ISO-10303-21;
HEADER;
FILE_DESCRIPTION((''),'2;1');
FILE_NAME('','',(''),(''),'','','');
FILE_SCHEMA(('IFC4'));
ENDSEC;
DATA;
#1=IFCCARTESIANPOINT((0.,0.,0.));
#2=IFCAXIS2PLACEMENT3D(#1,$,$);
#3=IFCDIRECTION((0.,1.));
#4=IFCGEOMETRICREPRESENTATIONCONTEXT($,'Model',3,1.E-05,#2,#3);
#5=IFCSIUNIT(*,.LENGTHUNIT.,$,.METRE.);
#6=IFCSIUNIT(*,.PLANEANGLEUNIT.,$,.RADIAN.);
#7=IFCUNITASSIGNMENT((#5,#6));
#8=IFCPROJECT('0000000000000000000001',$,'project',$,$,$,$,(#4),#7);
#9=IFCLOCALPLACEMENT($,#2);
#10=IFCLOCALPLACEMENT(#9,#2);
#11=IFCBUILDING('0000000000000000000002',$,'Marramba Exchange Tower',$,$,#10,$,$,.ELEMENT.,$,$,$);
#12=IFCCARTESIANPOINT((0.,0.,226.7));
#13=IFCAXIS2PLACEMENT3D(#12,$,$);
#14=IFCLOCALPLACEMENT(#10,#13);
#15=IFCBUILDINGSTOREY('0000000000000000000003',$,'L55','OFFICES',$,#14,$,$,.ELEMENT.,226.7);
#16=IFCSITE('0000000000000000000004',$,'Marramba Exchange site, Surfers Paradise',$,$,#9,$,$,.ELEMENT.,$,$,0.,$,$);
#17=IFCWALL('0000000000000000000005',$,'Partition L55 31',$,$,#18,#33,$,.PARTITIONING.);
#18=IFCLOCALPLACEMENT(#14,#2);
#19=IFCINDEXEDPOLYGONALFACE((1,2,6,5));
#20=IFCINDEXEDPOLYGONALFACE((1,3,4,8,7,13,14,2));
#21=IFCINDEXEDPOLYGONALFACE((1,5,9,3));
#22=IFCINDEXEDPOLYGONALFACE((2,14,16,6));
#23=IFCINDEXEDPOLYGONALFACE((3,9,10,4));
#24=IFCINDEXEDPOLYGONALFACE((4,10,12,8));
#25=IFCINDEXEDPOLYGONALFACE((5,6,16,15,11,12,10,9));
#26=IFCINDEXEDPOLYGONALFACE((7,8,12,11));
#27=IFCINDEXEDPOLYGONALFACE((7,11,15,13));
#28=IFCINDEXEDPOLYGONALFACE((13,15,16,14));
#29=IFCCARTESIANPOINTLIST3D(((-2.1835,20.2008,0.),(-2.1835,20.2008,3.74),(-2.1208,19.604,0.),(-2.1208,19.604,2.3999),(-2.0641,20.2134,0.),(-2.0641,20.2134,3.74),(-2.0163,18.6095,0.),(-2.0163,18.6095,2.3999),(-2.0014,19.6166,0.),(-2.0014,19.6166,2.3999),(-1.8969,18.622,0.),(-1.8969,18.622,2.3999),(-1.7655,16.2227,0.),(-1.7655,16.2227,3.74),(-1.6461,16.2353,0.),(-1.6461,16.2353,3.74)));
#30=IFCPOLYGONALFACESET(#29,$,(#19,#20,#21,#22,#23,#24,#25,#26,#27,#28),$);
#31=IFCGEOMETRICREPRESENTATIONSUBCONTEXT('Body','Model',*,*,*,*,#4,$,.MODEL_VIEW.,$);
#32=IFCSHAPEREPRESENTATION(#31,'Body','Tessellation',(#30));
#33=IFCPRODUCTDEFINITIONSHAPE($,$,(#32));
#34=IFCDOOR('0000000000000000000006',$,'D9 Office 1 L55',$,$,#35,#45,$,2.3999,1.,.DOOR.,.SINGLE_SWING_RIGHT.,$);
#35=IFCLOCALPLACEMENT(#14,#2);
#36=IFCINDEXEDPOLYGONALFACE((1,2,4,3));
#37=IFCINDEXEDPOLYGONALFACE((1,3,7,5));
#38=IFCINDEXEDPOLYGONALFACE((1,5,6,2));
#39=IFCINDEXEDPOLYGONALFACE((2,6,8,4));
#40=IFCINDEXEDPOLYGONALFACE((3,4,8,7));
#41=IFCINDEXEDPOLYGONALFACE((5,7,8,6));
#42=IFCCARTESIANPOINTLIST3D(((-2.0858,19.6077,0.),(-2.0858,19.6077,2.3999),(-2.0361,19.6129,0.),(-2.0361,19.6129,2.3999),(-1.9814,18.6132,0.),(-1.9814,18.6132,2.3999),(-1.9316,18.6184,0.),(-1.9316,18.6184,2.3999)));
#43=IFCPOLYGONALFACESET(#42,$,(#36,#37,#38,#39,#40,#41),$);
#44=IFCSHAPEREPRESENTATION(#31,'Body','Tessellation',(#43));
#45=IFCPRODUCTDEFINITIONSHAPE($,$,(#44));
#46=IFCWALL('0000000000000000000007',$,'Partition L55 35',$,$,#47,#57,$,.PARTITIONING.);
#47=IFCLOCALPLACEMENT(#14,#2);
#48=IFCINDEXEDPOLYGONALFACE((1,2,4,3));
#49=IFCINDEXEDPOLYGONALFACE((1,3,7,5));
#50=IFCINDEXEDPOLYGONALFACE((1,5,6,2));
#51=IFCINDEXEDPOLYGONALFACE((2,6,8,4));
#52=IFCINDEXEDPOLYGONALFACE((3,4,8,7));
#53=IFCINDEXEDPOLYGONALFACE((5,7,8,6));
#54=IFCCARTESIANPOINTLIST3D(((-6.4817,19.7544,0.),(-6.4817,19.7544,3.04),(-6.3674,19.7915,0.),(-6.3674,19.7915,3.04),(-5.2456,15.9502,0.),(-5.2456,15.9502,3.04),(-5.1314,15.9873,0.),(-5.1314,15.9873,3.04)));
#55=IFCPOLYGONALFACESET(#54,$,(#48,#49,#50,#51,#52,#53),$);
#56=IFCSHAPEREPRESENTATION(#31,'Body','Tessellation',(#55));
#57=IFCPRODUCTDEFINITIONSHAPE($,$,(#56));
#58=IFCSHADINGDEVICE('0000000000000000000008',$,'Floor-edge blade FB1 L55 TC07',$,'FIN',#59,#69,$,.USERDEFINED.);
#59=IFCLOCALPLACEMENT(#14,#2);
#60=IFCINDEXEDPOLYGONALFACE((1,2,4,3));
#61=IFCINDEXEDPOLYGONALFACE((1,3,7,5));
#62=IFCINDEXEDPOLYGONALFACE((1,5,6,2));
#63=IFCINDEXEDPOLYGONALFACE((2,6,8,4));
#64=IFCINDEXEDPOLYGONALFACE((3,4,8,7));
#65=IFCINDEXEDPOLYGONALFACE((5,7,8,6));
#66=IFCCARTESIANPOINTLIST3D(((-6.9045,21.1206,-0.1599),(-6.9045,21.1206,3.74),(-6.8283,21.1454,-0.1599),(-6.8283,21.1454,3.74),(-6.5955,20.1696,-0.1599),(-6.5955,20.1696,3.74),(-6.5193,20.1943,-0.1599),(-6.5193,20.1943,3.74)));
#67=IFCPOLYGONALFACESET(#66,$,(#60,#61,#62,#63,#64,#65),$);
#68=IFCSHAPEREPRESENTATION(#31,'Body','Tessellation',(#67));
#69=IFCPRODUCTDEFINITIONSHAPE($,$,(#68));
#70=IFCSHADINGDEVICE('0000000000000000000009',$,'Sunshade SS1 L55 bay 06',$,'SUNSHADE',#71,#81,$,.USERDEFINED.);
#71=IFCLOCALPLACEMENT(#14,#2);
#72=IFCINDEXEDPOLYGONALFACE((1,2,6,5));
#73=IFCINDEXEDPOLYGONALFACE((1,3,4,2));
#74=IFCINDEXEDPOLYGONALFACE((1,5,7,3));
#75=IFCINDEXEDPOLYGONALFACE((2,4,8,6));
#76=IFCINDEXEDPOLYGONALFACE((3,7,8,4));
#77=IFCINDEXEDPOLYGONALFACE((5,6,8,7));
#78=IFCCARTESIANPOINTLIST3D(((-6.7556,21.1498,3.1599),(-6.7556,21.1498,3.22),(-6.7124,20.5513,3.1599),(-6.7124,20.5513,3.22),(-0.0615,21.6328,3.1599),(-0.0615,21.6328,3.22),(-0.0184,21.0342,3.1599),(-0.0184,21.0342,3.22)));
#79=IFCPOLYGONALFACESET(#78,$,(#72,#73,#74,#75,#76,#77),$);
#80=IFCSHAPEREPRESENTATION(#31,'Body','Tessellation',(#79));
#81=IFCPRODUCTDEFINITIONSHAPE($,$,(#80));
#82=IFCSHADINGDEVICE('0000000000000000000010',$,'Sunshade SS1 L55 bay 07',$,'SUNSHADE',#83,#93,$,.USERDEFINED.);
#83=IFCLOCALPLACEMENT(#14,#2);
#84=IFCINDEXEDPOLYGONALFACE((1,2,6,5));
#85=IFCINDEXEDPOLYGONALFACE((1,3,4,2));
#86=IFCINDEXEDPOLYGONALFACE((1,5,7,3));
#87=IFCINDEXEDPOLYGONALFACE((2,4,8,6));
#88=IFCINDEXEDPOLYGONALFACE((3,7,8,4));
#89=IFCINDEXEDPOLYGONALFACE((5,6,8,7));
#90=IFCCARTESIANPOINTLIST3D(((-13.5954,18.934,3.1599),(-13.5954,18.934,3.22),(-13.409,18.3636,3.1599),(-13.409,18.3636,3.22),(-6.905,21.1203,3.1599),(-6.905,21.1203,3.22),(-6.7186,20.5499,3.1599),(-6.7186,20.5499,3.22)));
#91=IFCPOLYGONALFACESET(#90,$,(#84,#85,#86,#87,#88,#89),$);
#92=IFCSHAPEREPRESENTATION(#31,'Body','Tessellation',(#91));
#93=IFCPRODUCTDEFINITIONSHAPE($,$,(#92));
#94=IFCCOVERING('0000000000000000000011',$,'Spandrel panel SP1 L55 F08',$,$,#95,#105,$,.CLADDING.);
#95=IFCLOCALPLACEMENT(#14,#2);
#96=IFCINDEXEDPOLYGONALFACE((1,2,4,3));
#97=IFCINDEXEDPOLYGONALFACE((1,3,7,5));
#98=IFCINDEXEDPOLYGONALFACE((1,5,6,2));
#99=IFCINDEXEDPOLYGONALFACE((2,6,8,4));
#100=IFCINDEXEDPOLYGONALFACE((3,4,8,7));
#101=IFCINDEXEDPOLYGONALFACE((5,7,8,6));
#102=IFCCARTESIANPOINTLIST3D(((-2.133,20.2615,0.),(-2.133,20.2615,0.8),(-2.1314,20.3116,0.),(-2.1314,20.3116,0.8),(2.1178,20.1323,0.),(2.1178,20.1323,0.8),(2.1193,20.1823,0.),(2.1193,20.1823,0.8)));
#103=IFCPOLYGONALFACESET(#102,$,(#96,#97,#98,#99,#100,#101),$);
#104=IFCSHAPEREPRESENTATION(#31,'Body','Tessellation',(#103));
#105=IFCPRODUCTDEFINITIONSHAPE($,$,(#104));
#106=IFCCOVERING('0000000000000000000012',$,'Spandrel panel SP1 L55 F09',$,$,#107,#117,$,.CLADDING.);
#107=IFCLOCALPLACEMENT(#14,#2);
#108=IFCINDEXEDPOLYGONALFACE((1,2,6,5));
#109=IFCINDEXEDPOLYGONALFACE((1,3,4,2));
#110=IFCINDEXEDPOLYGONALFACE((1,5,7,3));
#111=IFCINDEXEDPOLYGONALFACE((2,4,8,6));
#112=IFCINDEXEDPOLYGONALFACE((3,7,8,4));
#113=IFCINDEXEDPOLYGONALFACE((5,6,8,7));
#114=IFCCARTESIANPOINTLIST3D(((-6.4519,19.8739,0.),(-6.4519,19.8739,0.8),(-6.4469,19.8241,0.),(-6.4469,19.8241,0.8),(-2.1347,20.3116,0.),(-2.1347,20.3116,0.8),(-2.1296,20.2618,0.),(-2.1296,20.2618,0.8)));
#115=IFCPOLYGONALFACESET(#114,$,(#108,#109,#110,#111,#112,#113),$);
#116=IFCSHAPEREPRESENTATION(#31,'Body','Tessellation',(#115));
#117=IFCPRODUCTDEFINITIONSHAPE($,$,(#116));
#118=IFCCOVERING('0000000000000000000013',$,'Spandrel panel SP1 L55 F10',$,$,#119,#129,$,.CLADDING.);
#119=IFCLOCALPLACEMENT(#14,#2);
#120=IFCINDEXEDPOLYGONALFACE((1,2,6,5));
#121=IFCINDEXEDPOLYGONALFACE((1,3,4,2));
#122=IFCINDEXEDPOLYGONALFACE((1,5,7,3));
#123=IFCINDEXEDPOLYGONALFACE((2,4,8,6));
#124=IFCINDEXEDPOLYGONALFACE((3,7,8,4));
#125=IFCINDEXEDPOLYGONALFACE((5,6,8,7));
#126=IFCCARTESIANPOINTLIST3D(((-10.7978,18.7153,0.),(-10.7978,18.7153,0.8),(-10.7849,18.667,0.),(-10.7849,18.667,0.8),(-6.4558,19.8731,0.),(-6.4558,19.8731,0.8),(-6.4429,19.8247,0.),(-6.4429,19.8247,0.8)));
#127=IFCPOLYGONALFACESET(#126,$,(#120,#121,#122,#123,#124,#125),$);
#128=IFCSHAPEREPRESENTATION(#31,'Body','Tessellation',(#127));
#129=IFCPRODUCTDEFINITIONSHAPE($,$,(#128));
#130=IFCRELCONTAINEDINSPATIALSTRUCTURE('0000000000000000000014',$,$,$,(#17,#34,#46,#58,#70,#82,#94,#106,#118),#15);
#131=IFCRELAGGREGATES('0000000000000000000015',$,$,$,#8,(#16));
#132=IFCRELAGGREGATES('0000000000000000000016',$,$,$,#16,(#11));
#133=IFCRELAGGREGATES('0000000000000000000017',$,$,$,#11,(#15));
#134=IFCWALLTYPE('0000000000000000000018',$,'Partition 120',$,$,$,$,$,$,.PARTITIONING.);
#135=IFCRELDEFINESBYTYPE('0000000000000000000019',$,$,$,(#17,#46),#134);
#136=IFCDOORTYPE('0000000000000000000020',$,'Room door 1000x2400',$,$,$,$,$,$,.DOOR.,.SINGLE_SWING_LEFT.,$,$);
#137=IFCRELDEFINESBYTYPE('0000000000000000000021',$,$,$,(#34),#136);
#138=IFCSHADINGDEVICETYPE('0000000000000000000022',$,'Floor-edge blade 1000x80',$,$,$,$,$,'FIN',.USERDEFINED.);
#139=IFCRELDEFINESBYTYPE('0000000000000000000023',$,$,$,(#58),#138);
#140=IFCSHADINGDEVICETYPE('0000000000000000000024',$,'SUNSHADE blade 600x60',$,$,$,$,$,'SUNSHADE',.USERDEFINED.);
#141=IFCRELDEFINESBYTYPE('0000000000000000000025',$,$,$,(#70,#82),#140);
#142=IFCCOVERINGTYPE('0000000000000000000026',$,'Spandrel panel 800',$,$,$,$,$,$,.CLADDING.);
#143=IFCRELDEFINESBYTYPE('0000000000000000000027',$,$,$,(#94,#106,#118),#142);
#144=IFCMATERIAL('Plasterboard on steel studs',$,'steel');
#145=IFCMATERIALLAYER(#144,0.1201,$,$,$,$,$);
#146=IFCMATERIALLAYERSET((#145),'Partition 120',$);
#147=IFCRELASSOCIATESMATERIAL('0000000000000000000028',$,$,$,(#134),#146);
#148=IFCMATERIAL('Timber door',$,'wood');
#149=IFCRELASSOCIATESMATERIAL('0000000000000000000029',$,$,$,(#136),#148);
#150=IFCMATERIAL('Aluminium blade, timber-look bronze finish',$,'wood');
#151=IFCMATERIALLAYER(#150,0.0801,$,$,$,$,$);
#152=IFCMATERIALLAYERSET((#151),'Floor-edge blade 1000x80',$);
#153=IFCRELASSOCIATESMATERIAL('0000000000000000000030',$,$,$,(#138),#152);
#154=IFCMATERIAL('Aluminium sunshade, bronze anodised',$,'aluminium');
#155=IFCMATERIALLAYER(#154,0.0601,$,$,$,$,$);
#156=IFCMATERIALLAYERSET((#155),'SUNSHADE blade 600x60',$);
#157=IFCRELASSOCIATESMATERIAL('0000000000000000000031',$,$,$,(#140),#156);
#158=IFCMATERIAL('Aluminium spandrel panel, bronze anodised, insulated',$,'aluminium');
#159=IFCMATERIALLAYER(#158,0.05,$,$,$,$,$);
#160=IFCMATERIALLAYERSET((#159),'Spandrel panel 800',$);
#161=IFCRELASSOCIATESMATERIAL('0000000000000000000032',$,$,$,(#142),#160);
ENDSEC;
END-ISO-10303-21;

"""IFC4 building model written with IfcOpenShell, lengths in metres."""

from ifc_helpers import new_model, si_unit, direction, frame, frame_2d, origin, origin_2d, place, context, subcontext, project, spatial, rectangle, extrude, material, layer, layer_set, type_object, element, fill, save


model = new_model("IFC4")

# Units and contexts
model_context = context("Model", 3, precision=1e-05, world=origin(), true_north=direction((0.0, 1.0)))
body_context = subcontext(model_context, "Body", "Model", "MODEL_VIEW")
ifc_project = project(units=[si_unit("LENGTHUNIT", "METRE"), si_unit("PLANEANGLEUNIT", "RADIAN")], contexts=[model_context])

# Site, building, storey
site_placement = place(None, origin())
site = spatial("IfcSite", under=ifc_project, at=site_placement, Name="Marramba Exchange site, Surfers Paradise", CompositionType="ELEMENT", RefElevation=0.0)
building_placement = place(site_placement, origin())
building = spatial("IfcBuilding", under=site, at=building_placement, Name="Marramba Exchange Tower", CompositionType="ELEMENT")
storey_placement = place(building_placement, frame((0.0, 0.0, 226.7)))
storey = spatial("IfcBuildingStorey", under=building, at=storey_placement, Name="L55", Description="OFFICES", CompositionType="ELEMENT", Elevation=226.7)

# Wall, opening, door
ifc_material_1 = material(Name="Plasterboard on steel studs", Category="steel")
ifc_layer_1 = layer(ifc_material_1, 0.1201)
ifc_layer_set_1 = layer_set([ifc_layer_1], Name="Partition 120")
wall_type = type_object("IfcWallType", Name="Partition 120", PredefinedType="PARTITIONING", material=ifc_layer_set_1)
wall_1_placement = place(storey_placement, frame((-1.7058, 16.229, 0.0), z_axis=(0.0, 0.0, 1.0), x_axis=(-0.104494, 0.994526, 0.0)))
wall_1 = element("IfcWall", 1, at=wall_1_placement, inside=storey, type_object=wall_type, Name="Partition L55 31", PredefinedType="PARTITIONING", context=body_context, shape_type="SweptSolid", body=[
    extrude(rectangle(XDim=4.0, YDim=0.1201, at=frame_2d((2.0, 0.0))), origin(), (0.0, 0.0, 1.0), 3.74),
])
opening_placement = place(wall_1_placement, frame((2.3999, 0.0, 0.0)))
opening = element("IfcOpeningElement", 2, at=opening_placement, cuts=wall_1, PredefinedType="OPENING", context=body_context, shape_type="SweptSolid", body=[
    extrude(rectangle(XDim=1.0, YDim=2.3999, at=frame_2d((0.5, 1.2))), frame((0.0, 0.0701, 0.0), z_axis=(0.0, -1.0, 0.0), x_axis=(1.0, 0.0, 0.0)), (0.0, 0.0, 1.0), 0.1401),
])
ifc_material_2 = material(Name="Timber door", Category="wood")
door_type = type_object("IfcDoorType", Name="Room door 1000x2400", OperationType="SINGLE_SWING_LEFT", PredefinedType="DOOR", material=ifc_material_2)
door_placement = place(opening_placement, origin())
door = element("IfcDoor", 3, at=door_placement, inside=storey, type_object=door_type, Name="D9 Office 1 L55", OperationType="SINGLE_SWING_RIGHT", OverallHeight=2.3999, OverallWidth=1.0, PredefinedType="DOOR", context=body_context, shape_type="SweptSolid", body=[
    extrude(rectangle(XDim=1.0, YDim=2.3999, at=frame_2d((0.5, 1.2))), frame((0.0, 0.0249, 0.0), z_axis=(0.0, -1.0, 0.0), x_axis=(1.0, 0.0, 0.0)), (0.0, 0.0, 1.0), 0.05),
])
fill(opening, door)

# Wall
wall_2_placement = place(storey_placement, frame((-6.4246, 19.7729, 0.0), z_axis=(0.0, 0.0, 1.0), x_axis=(0.309023, -0.951055, 0.0)))
element("IfcWall", 4, at=wall_2_placement, inside=storey, type_object=wall_type, Name="Partition L55 35", PredefinedType="PARTITIONING", context=body_context, shape_type="SweptSolid", body=[
    extrude(rectangle(XDim=4.0, YDim=0.1201, at=frame_2d((2.0, 0.0))), origin(), (0.0, 0.0, 1.0), 3.04),
])

# Shading devices
ifc_material_3 = material(Name="Aluminium blade, timber-look bronze finish", Category="wood")
ifc_layer_2 = layer(ifc_material_3, 0.0801)
ifc_layer_set_2 = layer_set([ifc_layer_2], Name="Floor-edge blade 1000x80")
shading_device_type_1 = type_object("IfcShadingDeviceType", Name="Floor-edge blade 1000x80", ElementType="FIN", PredefinedType="USERDEFINED", material=ifc_layer_set_2)
shading_device_1_placement = place(storey_placement, frame((-6.7119, 20.6575, -0.1599), z_axis=(0.0, 0.0, 1.0), x_axis=(-0.309017, 0.951057, 0.0)))
element("IfcShadingDevice", 5, at=shading_device_1_placement, inside=storey, type_object=shading_device_type_1, Name="Floor-edge blade FB1 L55 TC07", ObjectType="FIN", PredefinedType="USERDEFINED", context=body_context, shape_type="SweptSolid", body=[
    extrude(rectangle(XDim=1.0, YDim=0.0801, at=origin_2d()), origin(), (0.0, 0.0, 1.0), 3.8999),
])
ifc_material_4 = material(Name="Aluminium sunshade, bronze anodised", Category="aluminium")
ifc_layer_3 = layer(ifc_material_4, 0.0601)
ifc_layer_set_3 = layer_set([ifc_layer_3], Name="SUNSHADE blade 600x60")
shading_device_type_2 = type_object("IfcShadingDeviceType", Name="SUNSHADE blade 600x60", ElementType="SUNSHADE", PredefinedType="USERDEFINED", material=ifc_layer_set_3)
shading_device_2_placement = place(storey_placement, frame((-3.387, 21.092, 3.1599), z_axis=(0.0, 0.0, 1.0), x_axis=(-0.997408, -0.071958, 0.0)))
element("IfcShadingDevice", 6, at=shading_device_2_placement, inside=storey, type_object=shading_device_type_2, Name="Sunshade SS1 L55 bay 06", ObjectType="SUNSHADE", PredefinedType="USERDEFINED", context=body_context, shape_type="SweptSolid", body=[
    extrude(rectangle(XDim=6.7114, YDim=0.6001, at=origin_2d()), origin(), (0.0, 0.0, 1.0), 0.0601),
])
shading_device_3_placement = place(storey_placement, frame((-10.157, 19.7419, 3.1599), z_axis=(0.0, 0.0, 1.0), x_axis=(-0.950538, -0.31061, 0.0)))
element("IfcShadingDevice", 7, at=shading_device_3_placement, inside=storey, type_object=shading_device_type_2, Name="Sunshade SS1 L55 bay 07", ObjectType="SUNSHADE", PredefinedType="USERDEFINED", context=body_context, shape_type="SweptSolid", body=[
    extrude(rectangle(XDim=7.0386, YDim=0.6001, at=origin_2d()), origin(), (0.0, 0.0, 1.0), 0.0601),
])

# Coverings
ifc_material_5 = material(Name="Aluminium spandrel panel, bronze anodised, insulated", Category="aluminium")
ifc_layer_4 = layer(ifc_material_5, 0.05)
ifc_layer_set_4 = layer_set([ifc_layer_4], Name="Spandrel panel 800")
covering_type = type_object("IfcCoveringType", Name="Spandrel panel 800", PredefinedType="CLADDING", material=ifc_layer_set_4)
covering_1_placement = place(storey_placement, frame((-0.0068, 20.2219, 0.0), z_axis=(0.0, 0.0, 1.0), x_axis=(-0.999538, 0.030394, 0.0)))
element("IfcCovering", 8, at=covering_1_placement, inside=storey, type_object=covering_type, Name="Spandrel panel SP1 L55 F08", PredefinedType="CLADDING", context=body_context, shape_type="SweptSolid", body=[
    extrude(rectangle(XDim=4.2527, YDim=0.05, at=origin_2d()), origin(), (0.0, 0.0, 1.0), 0.8),
])
covering_2_placement = place(storey_placement, frame((-4.2908, 20.0679, 0.0), z_axis=(0.0, 0.0, 1.0), x_axis=(-0.9949, -0.100863, 0.0)))
element("IfcCovering", 9, at=covering_2_placement, inside=storey, type_object=covering_type, Name="Spandrel panel SP1 L55 F09", PredefinedType="CLADDING", context=body_context, shape_type="SweptSolid", body=[
    extrude(rectangle(XDim=4.3394, YDim=0.05, at=origin_2d()), origin(), (0.0, 0.0, 1.0), 0.8),
])
covering_3_placement = place(storey_placement, frame((-8.6204, 19.27, 0.0), z_axis=(0.0, 0.0, 1.0), x_axis=(-0.966241, -0.257641, 0.0)))
element("IfcCovering", 10, at=covering_3_placement, inside=storey, type_object=covering_type, Name="Spandrel panel SP1 L55 F10", PredefinedType="CLADDING", context=body_context, shape_type="SweptSolid", body=[
    extrude(rectangle(XDim=4.4937, YDim=0.05, at=origin_2d()), origin(), (0.0, 0.0, 1.0), 0.8),
])

save(model, "model.ifc")
